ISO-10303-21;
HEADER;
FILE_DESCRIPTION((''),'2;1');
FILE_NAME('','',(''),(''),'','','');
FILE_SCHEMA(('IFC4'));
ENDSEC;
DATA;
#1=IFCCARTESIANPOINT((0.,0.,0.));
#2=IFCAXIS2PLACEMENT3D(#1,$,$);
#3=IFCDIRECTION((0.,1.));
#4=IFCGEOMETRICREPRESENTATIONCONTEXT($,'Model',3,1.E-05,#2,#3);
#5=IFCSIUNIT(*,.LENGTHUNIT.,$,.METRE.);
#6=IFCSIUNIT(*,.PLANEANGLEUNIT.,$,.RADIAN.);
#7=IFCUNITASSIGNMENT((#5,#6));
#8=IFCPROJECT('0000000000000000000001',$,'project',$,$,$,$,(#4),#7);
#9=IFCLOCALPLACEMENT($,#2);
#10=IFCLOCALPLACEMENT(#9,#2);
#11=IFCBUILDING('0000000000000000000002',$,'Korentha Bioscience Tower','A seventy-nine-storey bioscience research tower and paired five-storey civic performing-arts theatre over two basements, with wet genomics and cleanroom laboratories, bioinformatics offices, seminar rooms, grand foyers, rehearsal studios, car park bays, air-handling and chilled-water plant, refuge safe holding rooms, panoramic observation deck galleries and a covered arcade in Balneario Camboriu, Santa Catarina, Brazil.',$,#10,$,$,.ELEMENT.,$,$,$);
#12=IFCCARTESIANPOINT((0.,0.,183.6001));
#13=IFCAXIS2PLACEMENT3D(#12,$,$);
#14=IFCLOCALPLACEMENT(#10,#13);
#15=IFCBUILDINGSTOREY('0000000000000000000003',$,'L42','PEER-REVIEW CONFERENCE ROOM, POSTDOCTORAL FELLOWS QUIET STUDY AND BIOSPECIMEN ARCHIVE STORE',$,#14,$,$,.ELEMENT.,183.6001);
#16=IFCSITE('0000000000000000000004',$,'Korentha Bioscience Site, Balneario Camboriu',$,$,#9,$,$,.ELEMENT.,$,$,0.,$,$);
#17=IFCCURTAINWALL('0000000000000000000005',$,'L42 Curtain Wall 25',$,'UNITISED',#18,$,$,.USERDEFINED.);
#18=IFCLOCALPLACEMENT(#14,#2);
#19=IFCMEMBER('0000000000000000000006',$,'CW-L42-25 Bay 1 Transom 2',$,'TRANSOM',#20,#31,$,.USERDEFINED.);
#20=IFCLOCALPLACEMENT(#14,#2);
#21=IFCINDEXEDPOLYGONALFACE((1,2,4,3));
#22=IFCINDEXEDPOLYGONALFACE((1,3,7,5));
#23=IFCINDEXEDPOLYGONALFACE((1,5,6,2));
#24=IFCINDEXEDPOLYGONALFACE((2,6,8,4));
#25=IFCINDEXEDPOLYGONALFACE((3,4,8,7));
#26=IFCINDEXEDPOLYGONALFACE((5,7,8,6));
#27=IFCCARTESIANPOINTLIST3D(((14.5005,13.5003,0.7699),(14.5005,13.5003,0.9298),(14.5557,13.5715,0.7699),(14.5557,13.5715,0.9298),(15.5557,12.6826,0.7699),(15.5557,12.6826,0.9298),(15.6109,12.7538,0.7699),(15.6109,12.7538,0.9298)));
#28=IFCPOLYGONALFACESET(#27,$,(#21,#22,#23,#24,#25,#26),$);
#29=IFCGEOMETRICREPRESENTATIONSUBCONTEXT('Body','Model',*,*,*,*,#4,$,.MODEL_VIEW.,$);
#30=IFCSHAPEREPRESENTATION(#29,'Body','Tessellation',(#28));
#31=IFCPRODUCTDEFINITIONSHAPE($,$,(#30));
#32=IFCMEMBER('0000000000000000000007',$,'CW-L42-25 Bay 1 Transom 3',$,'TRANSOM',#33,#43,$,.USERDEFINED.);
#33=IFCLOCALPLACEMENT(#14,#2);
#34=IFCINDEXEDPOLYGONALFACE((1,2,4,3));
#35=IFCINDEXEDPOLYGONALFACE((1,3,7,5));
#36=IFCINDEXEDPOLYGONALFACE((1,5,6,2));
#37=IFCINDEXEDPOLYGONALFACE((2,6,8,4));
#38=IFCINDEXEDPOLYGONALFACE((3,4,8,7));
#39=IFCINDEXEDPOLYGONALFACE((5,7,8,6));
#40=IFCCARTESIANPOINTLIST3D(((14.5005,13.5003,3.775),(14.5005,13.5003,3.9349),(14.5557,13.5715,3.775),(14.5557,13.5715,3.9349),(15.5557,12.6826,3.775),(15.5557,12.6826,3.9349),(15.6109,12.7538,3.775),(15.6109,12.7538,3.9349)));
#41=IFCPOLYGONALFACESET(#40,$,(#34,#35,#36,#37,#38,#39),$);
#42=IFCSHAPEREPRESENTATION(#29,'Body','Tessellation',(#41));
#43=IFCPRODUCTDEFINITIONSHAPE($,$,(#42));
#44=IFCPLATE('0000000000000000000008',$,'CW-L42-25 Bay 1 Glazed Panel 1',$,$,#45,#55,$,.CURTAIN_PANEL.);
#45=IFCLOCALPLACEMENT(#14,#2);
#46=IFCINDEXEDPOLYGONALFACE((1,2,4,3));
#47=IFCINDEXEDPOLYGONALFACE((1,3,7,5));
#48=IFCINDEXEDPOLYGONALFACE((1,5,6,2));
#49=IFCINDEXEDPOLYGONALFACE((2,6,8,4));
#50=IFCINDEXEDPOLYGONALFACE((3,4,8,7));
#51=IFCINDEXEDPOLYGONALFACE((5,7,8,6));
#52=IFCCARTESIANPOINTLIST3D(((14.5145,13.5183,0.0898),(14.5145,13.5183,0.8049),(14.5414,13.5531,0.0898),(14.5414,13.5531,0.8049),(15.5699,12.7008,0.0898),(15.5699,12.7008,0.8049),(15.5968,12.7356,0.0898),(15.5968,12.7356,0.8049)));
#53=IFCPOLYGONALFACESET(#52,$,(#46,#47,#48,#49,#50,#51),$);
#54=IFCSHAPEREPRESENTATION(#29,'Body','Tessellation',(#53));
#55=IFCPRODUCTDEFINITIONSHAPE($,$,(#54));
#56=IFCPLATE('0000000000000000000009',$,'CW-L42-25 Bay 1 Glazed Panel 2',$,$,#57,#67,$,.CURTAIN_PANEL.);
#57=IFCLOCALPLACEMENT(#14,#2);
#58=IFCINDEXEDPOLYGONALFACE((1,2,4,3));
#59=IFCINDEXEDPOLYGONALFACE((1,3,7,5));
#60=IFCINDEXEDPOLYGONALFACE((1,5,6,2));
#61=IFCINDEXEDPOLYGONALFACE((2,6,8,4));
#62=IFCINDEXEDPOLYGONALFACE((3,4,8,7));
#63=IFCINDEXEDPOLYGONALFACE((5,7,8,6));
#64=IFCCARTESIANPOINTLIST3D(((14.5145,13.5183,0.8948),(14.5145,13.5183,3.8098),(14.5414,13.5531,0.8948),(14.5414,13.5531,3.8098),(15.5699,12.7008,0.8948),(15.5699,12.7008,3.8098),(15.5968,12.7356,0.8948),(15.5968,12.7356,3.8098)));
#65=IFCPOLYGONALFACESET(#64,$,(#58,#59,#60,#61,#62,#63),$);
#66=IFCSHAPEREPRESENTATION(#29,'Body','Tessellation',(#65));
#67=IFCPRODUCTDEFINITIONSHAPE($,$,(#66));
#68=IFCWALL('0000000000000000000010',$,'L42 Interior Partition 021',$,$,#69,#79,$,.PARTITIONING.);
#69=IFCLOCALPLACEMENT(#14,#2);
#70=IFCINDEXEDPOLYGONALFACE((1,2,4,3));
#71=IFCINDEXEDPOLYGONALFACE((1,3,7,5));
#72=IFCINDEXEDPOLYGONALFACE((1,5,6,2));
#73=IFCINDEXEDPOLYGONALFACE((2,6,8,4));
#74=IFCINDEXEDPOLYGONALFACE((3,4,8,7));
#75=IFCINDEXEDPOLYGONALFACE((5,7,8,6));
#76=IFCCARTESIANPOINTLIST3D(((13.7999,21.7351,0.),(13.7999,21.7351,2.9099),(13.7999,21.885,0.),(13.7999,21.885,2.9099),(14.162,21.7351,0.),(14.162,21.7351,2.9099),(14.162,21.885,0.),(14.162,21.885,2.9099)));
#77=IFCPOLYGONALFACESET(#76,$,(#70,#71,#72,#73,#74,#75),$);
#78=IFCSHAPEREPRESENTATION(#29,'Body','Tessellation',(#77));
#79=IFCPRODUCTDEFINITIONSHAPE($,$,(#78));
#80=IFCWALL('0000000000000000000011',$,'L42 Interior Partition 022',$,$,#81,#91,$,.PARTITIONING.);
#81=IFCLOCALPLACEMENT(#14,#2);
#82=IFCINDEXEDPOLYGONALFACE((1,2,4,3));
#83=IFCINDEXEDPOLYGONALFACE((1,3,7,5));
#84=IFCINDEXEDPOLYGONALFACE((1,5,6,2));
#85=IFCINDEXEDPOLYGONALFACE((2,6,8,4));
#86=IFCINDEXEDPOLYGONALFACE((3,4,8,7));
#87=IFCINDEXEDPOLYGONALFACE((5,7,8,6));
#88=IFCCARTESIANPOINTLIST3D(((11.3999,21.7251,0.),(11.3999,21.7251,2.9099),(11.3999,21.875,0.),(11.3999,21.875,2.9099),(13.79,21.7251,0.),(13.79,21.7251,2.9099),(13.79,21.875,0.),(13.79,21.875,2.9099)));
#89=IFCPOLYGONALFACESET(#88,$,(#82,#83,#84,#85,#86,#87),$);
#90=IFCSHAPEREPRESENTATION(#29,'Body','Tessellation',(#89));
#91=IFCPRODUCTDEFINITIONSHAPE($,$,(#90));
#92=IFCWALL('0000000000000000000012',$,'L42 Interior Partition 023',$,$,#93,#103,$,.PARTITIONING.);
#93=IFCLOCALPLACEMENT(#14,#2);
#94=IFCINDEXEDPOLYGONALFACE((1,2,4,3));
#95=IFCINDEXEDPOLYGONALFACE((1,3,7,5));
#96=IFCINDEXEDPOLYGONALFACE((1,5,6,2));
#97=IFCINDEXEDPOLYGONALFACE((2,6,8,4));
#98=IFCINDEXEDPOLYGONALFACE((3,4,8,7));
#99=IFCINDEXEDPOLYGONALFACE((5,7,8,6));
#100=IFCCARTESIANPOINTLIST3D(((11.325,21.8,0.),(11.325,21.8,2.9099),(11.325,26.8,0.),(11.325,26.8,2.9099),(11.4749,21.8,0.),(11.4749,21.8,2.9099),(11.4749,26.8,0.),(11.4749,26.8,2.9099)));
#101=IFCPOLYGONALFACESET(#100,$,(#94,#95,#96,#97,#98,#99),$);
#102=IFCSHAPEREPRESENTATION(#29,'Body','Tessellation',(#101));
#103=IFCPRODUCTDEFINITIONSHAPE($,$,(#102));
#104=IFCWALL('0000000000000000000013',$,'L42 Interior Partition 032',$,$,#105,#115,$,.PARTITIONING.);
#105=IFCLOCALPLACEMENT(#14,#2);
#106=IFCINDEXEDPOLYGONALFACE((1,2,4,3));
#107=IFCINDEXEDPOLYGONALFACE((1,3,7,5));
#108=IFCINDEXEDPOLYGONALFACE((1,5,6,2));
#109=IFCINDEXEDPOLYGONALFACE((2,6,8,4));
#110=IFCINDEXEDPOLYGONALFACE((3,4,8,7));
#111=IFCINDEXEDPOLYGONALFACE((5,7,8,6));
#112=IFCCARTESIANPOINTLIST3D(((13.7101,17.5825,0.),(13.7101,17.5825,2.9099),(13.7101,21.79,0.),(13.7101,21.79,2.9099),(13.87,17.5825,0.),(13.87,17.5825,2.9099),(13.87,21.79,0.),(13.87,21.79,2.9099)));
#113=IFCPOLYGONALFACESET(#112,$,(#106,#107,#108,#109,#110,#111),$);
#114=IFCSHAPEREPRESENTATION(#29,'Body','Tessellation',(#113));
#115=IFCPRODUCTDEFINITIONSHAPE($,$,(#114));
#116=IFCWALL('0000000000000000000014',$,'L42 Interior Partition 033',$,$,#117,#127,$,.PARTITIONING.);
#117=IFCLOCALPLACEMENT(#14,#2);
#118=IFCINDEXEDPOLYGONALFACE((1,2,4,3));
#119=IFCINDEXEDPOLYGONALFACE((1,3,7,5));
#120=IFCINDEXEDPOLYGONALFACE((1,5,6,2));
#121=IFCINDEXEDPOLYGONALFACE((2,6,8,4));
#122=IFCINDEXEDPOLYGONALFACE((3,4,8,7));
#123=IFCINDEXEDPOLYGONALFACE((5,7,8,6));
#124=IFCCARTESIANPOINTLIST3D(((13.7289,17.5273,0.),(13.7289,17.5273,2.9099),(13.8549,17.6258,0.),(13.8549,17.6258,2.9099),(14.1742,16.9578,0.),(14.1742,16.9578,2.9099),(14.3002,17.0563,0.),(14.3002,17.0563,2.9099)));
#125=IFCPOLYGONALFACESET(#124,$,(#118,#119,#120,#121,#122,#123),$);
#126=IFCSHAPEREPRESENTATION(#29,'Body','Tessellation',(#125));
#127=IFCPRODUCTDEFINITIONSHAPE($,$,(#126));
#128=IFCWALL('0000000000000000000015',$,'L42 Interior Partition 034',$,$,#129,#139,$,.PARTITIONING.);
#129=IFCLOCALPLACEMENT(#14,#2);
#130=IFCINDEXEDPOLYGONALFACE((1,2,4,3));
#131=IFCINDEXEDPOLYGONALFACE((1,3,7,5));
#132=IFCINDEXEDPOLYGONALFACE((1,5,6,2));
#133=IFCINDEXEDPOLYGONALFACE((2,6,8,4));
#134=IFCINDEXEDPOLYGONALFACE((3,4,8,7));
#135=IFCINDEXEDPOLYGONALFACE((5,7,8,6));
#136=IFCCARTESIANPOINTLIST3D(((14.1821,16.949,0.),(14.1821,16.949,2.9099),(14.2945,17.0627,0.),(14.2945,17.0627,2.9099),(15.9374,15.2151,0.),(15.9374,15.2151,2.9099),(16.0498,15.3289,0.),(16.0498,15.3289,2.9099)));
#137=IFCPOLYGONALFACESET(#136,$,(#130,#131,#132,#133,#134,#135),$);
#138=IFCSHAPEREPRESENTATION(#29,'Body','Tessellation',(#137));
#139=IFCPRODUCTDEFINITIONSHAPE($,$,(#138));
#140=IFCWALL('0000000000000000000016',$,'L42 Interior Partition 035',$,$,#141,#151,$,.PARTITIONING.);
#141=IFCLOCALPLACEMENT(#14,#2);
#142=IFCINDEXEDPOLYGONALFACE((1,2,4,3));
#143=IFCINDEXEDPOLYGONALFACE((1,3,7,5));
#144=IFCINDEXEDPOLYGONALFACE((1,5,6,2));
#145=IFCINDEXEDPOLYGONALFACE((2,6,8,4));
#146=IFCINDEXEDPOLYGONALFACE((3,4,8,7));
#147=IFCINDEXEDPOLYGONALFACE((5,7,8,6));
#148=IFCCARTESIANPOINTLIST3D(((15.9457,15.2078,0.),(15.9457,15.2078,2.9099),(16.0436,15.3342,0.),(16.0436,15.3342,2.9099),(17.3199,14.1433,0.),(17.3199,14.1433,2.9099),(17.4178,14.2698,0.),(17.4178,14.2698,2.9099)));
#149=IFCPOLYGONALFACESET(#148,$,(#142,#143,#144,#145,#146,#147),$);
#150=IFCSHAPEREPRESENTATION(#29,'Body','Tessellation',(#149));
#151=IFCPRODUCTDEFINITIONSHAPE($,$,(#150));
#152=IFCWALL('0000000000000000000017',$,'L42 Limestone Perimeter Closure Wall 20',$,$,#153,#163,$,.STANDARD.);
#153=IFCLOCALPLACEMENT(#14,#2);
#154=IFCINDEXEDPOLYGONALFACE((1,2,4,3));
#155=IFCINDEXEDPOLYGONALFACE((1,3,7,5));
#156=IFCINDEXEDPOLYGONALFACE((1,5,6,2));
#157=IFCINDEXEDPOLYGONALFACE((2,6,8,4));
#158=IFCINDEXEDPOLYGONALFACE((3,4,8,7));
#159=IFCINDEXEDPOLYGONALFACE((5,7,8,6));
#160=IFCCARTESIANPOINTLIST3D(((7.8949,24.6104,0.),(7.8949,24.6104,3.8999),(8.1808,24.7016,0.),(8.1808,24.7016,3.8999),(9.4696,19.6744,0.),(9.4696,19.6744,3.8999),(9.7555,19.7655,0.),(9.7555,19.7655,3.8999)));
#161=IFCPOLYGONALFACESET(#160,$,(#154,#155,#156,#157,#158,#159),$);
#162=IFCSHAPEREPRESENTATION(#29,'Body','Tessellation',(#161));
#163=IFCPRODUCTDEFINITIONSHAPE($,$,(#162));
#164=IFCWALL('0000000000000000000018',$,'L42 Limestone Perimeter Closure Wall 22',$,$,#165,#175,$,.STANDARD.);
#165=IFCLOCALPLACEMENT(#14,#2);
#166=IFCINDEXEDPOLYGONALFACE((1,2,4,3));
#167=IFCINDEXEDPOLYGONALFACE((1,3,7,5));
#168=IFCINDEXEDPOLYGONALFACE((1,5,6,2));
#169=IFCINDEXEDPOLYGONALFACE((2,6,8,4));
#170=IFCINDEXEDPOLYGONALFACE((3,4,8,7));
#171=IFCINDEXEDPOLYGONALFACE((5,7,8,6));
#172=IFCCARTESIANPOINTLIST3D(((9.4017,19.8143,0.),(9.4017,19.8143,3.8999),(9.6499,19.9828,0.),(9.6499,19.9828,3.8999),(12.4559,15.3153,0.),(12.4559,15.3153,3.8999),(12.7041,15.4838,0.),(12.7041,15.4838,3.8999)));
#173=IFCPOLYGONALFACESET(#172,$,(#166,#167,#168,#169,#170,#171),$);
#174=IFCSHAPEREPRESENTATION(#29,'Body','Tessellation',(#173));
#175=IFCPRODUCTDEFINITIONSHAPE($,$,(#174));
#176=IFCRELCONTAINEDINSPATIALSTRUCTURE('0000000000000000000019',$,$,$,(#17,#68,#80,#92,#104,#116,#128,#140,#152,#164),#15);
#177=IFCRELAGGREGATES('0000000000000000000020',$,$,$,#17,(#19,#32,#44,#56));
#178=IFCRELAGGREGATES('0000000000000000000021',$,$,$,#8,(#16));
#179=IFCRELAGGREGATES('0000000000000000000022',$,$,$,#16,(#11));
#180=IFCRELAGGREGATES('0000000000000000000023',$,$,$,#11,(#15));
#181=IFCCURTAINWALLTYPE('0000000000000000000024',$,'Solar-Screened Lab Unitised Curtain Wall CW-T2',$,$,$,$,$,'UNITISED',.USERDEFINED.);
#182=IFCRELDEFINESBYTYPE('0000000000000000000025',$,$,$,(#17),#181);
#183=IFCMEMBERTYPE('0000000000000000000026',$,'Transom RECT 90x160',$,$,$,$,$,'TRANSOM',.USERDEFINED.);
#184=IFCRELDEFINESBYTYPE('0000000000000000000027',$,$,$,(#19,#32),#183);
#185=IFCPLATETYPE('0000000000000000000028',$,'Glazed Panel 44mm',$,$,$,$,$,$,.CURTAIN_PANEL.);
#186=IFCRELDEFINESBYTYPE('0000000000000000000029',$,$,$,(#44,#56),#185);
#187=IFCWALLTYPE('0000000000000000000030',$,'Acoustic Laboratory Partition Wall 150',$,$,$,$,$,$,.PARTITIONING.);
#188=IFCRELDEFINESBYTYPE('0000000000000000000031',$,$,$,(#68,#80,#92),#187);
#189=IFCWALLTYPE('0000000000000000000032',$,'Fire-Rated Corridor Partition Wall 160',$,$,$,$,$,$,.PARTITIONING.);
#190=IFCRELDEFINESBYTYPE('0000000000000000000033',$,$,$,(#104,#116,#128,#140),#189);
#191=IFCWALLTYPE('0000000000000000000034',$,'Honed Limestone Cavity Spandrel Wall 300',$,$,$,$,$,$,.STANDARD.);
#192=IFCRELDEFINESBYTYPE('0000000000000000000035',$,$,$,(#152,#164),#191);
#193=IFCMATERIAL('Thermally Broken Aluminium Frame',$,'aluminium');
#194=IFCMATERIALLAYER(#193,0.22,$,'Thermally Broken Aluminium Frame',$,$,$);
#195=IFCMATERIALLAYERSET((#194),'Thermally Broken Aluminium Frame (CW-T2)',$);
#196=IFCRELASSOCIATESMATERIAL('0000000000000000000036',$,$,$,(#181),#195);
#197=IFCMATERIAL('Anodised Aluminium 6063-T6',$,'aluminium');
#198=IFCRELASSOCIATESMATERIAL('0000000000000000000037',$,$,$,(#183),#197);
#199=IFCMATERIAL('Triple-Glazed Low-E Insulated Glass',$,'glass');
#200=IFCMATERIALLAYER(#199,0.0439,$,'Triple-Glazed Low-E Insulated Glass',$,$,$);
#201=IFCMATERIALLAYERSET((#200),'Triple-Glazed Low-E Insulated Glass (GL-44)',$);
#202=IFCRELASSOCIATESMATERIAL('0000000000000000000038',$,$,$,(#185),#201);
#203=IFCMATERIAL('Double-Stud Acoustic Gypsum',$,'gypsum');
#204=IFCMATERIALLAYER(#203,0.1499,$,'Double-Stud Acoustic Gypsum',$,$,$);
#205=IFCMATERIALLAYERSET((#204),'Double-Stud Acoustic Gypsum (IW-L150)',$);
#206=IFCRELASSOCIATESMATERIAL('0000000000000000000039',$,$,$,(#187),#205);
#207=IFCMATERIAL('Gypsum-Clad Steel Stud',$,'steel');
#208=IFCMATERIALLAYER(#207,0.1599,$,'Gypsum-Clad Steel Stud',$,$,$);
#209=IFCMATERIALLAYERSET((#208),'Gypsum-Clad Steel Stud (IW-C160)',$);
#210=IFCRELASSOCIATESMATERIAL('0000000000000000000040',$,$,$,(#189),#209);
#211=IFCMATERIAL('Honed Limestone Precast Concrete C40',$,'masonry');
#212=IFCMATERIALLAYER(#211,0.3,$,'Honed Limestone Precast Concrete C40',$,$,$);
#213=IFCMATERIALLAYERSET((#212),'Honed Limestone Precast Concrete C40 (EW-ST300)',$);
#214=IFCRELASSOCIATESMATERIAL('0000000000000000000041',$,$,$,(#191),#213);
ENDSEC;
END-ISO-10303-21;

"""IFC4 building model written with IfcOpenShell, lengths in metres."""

from ifc_helpers import new_model, si_unit, direction, frame, frame_2d, origin, origin_2d, place, context, subcontext, project, spatial, rectangle, extrude, material, layer, layer_set, material_profile, profile_set, type_object, element, aggregate, save


model = new_model("IFC4")

# Units and contexts
model_context = context("Model", 3, precision=1e-05, world=origin(), true_north=direction((0.0, 1.0)))
body_context = subcontext(model_context, "Body", "Model", "MODEL_VIEW")
ifc_project = project(units=[si_unit("LENGTHUNIT", "METRE"), si_unit("PLANEANGLEUNIT", "RADIAN")], contexts=[model_context])

# Site, building, storey
site_placement = place(None, origin())
site = spatial("IfcSite", under=ifc_project, at=site_placement, Name="Korentha Bioscience Site, Balneario Camboriu", CompositionType="ELEMENT", RefElevation=0.0)
building_placement = place(site_placement, origin())
building = spatial("IfcBuilding", under=site, at=building_placement, Name="Korentha Bioscience Tower", Description="A seventy-nine-storey bioscience research tower and paired five-storey civic performing-arts theatre over two basements, with wet genomics and cleanroom laboratories, bioinformatics offices, seminar rooms, grand foyers, rehearsal studios, car park bays, air-handling and chilled-water plant, refuge safe holding rooms, panoramic observation deck galleries and a covered arcade in Balneario Camboriu, Santa Catarina, Brazil.", CompositionType="ELEMENT")
storey_placement = place(building_placement, frame((0.0, 0.0, 183.6001)))
storey = spatial("IfcBuildingStorey", under=building, at=storey_placement, Name="L42", Description="PEER-REVIEW CONFERENCE ROOM, POSTDOCTORAL FELLOWS QUIET STUDY AND BIOSPECIMEN ARCHIVE STORE", CompositionType="ELEMENT", Elevation=183.6001)

# Curtain wall
ifc_material_1 = material(Name="Thermally Broken Aluminium Frame", Category="aluminium")
ifc_layer_1 = layer(ifc_material_1, 0.22, Name="Thermally Broken Aluminium Frame")
ifc_layer_set_1 = layer_set([ifc_layer_1], Name="Thermally Broken Aluminium Frame (CW-T2)")
curtain_wall_type = type_object("IfcCurtainWallType", Name="Solar-Screened Lab Unitised Curtain Wall CW-T2", ElementType="UNITISED", PredefinedType="USERDEFINED", material=ifc_layer_set_1)
ifc_material_2 = material(Name="Anodised Aluminium 6063-T6", Category="aluminium")
curtain_wall_1_placement = place(storey_placement, origin())
curtain_wall_1 = element("IfcCurtainWall", 1, at=curtain_wall_1_placement, inside=storey, type_object=curtain_wall_type, Name="L42 Curtain Wall 25", ObjectType="UNITISED", PredefinedType="USERDEFINED")

# Members
ifc_material_profile_1 = material_profile(ifc_material_2, rectangle(XDim=0.0901, YDim=0.1599, at=origin_2d()), Name="Anodised Aluminium 6063-T6")
ifc_profile_set_1 = profile_set([ifc_material_profile_1], Name="Anodised Aluminium 6063-T6 (CW-TRN)")
member_type_1 = type_object("IfcMemberType", Name="Transom RECT 90x160", ElementType="TRANSOM", PredefinedType="USERDEFINED", material=ifc_profile_set_1)
member_1_placement = place(storey_placement, frame((14.5281, 13.5359, 0.8499), z_axis=(0.790464, -0.612509, 0.0), x_axis=(0.612509, 0.790464, 0.0)))
member_1 = element("IfcMember", 2, at=member_1_placement, type_object=member_type_1, Name="CW-L42-25 Bay 1 Transom 2", ObjectType="TRANSOM", PredefinedType="USERDEFINED", context=body_context, shape_type="SweptSolid", body=[
    extrude(rectangle(XDim=0.0901, YDim=0.1599, at=origin_2d()), origin(), (0.0, 0.0, 1.0), 1.335),
])
member_2_placement = place(storey_placement, frame((14.5281, 13.5359, 3.855), z_axis=(0.790464, -0.612509, 0.0), x_axis=(0.612509, 0.790464, 0.0)))
member_2 = element("IfcMember", 3, at=member_2_placement, type_object=member_type_1, Name="CW-L42-25 Bay 1 Transom 3", ObjectType="TRANSOM", PredefinedType="USERDEFINED", context=body_context, shape_type="SweptSolid", body=[
    extrude(rectangle(XDim=0.0901, YDim=0.1599, at=origin_2d()), origin(), (0.0, 0.0, 1.0), 1.335),
])

# Plates
ifc_material_3 = material(Name="Triple-Glazed Low-E Insulated Glass", Category="glass")
ifc_layer_2 = layer(ifc_material_3, 0.0439, Name="Triple-Glazed Low-E Insulated Glass")
ifc_layer_set_2 = layer_set([ifc_layer_2], Name="Triple-Glazed Low-E Insulated Glass (GL-44)")
plate_type = type_object("IfcPlateType", Name="Glazed Panel 44mm", PredefinedType="CURTAIN_PANEL", material=ifc_layer_set_2)
plate_1_placement = place(storey_placement, frame((15.0557, 13.127, 0.0898), z_axis=(0.0, 0.0, 1.0), x_axis=(0.790547, -0.612402, 0.0)))
plate_1 = element("IfcPlate", 4, at=plate_1_placement, type_object=plate_type, Name="CW-L42-25 Bay 1 Glazed Panel 1", PredefinedType="CURTAIN_PANEL", context=body_context, shape_type="SweptSolid", body=[
    extrude(rectangle(XDim=1.335, YDim=0.0439, at=origin_2d()), origin(), (0.0, 0.0, 1.0), 0.7151),
])
plate_2_placement = place(storey_placement, frame((15.0557, 13.127, 0.8948), z_axis=(0.0, 0.0, 1.0), x_axis=(0.790547, -0.612402, 0.0)))
plate_2 = element("IfcPlate", 5, at=plate_2_placement, type_object=plate_type, Name="CW-L42-25 Bay 1 Glazed Panel 2", PredefinedType="CURTAIN_PANEL", context=body_context, shape_type="SweptSolid", body=[
    extrude(rectangle(XDim=1.335, YDim=0.0439, at=origin_2d()), origin(), (0.0, 0.0, 1.0), 2.915),
])
aggregate(curtain_wall_1, [member_1, member_2, plate_1, plate_2])

# Walls
ifc_material_4 = material(Name="Double-Stud Acoustic Gypsum", Category="gypsum")
ifc_layer_3 = layer(ifc_material_4, 0.1499, Name="Double-Stud Acoustic Gypsum")
ifc_layer_set_3 = layer_set([ifc_layer_3], Name="Double-Stud Acoustic Gypsum (IW-L150)")
wall_type_1 = type_object("IfcWallType", Name="Acoustic Laboratory Partition Wall 150", PredefinedType="PARTITIONING", material=ifc_layer_set_3)
wall_1_placement = place(storey_placement, frame((14.1621, 21.8101, 0.0), z_axis=(0.0, 0.0, 1.0), x_axis=(-1.0, 0.0, 0.0)))
element("IfcWall", 6, at=wall_1_placement, inside=storey, type_object=wall_type_1, Name="L42 Interior Partition 021", PredefinedType="PARTITIONING", context=body_context, shape_type="SweptSolid", body=[
    extrude(rectangle(XDim=0.3621, YDim=0.1499, at=frame_2d((0.1812, 0.0))), origin(), (0.0, 0.0, 1.0), 2.9099),
])
wall_2_placement = place(storey_placement, frame((13.79, 21.8, 0.0), z_axis=(0.0, 0.0, 1.0), x_axis=(-1.0, 0.0, 0.0)))
element("IfcWall", 7, at=wall_2_placement, inside=storey, type_object=wall_type_1, Name="L42 Interior Partition 022", PredefinedType="PARTITIONING", context=body_context, shape_type="SweptSolid", body=[
    extrude(rectangle(XDim=2.3901, YDim=0.1499, at=frame_2d((1.1951, 0.0))), origin(), (0.0, 0.0, 1.0), 2.9099),
])
wall_3_placement = place(storey_placement, frame((11.3999, 21.8, 0.0), z_axis=(0.0, 0.0, 1.0), x_axis=(0.0, 1.0, 0.0)))
element("IfcWall", 8, at=wall_3_placement, inside=storey, type_object=wall_type_1, Name="L42 Interior Partition 023", PredefinedType="PARTITIONING", context=body_context, shape_type="SweptSolid", body=[
    extrude(rectangle(XDim=5.0, YDim=0.1499, at=frame_2d((2.5, 0.0))), origin(), (0.0, 0.0, 1.0), 2.9099),
])
ifc_material_5 = material(Name="Gypsum-Clad Steel Stud", Category="steel")
ifc_layer_4 = layer(ifc_material_5, 0.1599, Name="Gypsum-Clad Steel Stud")
ifc_layer_set_4 = layer_set([ifc_layer_4], Name="Gypsum-Clad Steel Stud (IW-C160)")
wall_type_2 = type_object("IfcWallType", Name="Fire-Rated Corridor Partition Wall 160", PredefinedType="PARTITIONING", material=ifc_layer_set_4)
wall_4_placement = place(storey_placement, frame((13.79, 21.79, 0.0), z_axis=(0.0, 0.0, 1.0), x_axis=(0.0, -1.0, 0.0)))
element("IfcWall", 9, at=wall_4_placement, inside=storey, type_object=wall_type_2, Name="L42 Interior Partition 032", PredefinedType="PARTITIONING", context=body_context, shape_type="SweptSolid", body=[
    extrude(rectangle(XDim=4.2075, YDim=0.1599, at=frame_2d((2.1038, 0.0))), origin(), (0.0, 0.0, 1.0), 2.9099),
])
wall_5_placement = place(storey_placement, frame((13.792, 17.5764, 0.0), z_axis=(0.0, 0.0, 1.0), x_axis=(0.615926, -0.787804, 0.0)))
element("IfcWall", 10, at=wall_5_placement, inside=storey, type_object=wall_type_2, Name="L42 Interior Partition 033", PredefinedType="PARTITIONING", context=body_context, shape_type="SweptSolid", body=[
    extrude(rectangle(XDim=0.7229, YDim=0.1599, at=frame_2d((0.3613, 0.0))), origin(), (0.0, 0.0, 1.0), 2.9099),
])
wall_6_placement = place(storey_placement, frame((14.2383, 17.0059, 0.0), z_axis=(0.0, 0.0, 1.0), x_axis=(0.711447, -0.70274, 0.0)))
element("IfcWall", 11, at=wall_6_placement, inside=storey, type_object=wall_type_2, Name="L42 Interior Partition 034", PredefinedType="PARTITIONING", context=body_context, shape_type="SweptSolid", body=[
    extrude(rectangle(XDim=2.4673, YDim=0.1599, at=frame_2d((1.2336, 0.0))), origin(), (0.0, 0.0, 1.0), 2.9099),
])
wall_7_placement = place(storey_placement, frame((15.9946, 15.271, 0.0), z_axis=(0.0, 0.0, 1.0), x_axis=(0.790583, -0.612354, 0.0)))
element("IfcWall", 12, at=wall_7_placement, inside=storey, type_object=wall_type_2, Name="L42 Interior Partition 035", PredefinedType="PARTITIONING", context=body_context, shape_type="SweptSolid", body=[
    extrude(rectangle(XDim=1.7383, YDim=0.1599, at=frame_2d((0.8691, 0.0))), origin(), (0.0, 0.0, 1.0), 2.9099),
])

# Shared definitions
ifc_material_6 = material(Name="Honed Limestone Precast Concrete C40", Category="masonry")
ifc_layer_5 = layer(ifc_material_6, 0.3, Name="Honed Limestone Precast Concrete C40")
ifc_layer_set_5 = layer_set([ifc_layer_5], Name="Honed Limestone Precast Concrete C40 (EW-ST300)")
wall_type_3 = type_object("IfcWallType", Name="Honed Limestone Cavity Spandrel Wall 300", PredefinedType="STANDARD", material=ifc_layer_set_5)

# Walls
wall_8_placement = place(storey_placement, frame((8.0378, 24.656, 0.0), z_axis=(0.0, 0.0, 1.0), x_axis=(0.303931, -0.952694, 0.0)))
element("IfcWall", 13, at=wall_8_placement, inside=storey, type_object=wall_type_3, Name="L42 Limestone Perimeter Closure Wall 20", PredefinedType="STANDARD", context=body_context, shape_type="SweptSolid", body=[
    extrude(rectangle(XDim=5.1812, YDim=0.3, at=frame_2d((2.5906, 0.0))), origin(), (0.0, 0.0, 1.0), 3.8999),
])
wall_9_placement = place(storey_placement, frame((9.5259, 19.8984, 0.0), z_axis=(0.0, 0.0, 1.0), x_axis=(0.561664, -0.827365, 0.0)))
element("IfcWall", 14, at=wall_9_placement, inside=storey, type_object=wall_type_3, Name="L42 Limestone Perimeter Closure Wall 22", PredefinedType="STANDARD", context=body_context, shape_type="SweptSolid", body=[
    extrude(rectangle(XDim=5.4377, YDim=0.3, at=frame_2d((2.7188, 0.0))), origin(), (0.0, 0.0, 1.0), 3.8999),
])

save(model, "model.ifc")
